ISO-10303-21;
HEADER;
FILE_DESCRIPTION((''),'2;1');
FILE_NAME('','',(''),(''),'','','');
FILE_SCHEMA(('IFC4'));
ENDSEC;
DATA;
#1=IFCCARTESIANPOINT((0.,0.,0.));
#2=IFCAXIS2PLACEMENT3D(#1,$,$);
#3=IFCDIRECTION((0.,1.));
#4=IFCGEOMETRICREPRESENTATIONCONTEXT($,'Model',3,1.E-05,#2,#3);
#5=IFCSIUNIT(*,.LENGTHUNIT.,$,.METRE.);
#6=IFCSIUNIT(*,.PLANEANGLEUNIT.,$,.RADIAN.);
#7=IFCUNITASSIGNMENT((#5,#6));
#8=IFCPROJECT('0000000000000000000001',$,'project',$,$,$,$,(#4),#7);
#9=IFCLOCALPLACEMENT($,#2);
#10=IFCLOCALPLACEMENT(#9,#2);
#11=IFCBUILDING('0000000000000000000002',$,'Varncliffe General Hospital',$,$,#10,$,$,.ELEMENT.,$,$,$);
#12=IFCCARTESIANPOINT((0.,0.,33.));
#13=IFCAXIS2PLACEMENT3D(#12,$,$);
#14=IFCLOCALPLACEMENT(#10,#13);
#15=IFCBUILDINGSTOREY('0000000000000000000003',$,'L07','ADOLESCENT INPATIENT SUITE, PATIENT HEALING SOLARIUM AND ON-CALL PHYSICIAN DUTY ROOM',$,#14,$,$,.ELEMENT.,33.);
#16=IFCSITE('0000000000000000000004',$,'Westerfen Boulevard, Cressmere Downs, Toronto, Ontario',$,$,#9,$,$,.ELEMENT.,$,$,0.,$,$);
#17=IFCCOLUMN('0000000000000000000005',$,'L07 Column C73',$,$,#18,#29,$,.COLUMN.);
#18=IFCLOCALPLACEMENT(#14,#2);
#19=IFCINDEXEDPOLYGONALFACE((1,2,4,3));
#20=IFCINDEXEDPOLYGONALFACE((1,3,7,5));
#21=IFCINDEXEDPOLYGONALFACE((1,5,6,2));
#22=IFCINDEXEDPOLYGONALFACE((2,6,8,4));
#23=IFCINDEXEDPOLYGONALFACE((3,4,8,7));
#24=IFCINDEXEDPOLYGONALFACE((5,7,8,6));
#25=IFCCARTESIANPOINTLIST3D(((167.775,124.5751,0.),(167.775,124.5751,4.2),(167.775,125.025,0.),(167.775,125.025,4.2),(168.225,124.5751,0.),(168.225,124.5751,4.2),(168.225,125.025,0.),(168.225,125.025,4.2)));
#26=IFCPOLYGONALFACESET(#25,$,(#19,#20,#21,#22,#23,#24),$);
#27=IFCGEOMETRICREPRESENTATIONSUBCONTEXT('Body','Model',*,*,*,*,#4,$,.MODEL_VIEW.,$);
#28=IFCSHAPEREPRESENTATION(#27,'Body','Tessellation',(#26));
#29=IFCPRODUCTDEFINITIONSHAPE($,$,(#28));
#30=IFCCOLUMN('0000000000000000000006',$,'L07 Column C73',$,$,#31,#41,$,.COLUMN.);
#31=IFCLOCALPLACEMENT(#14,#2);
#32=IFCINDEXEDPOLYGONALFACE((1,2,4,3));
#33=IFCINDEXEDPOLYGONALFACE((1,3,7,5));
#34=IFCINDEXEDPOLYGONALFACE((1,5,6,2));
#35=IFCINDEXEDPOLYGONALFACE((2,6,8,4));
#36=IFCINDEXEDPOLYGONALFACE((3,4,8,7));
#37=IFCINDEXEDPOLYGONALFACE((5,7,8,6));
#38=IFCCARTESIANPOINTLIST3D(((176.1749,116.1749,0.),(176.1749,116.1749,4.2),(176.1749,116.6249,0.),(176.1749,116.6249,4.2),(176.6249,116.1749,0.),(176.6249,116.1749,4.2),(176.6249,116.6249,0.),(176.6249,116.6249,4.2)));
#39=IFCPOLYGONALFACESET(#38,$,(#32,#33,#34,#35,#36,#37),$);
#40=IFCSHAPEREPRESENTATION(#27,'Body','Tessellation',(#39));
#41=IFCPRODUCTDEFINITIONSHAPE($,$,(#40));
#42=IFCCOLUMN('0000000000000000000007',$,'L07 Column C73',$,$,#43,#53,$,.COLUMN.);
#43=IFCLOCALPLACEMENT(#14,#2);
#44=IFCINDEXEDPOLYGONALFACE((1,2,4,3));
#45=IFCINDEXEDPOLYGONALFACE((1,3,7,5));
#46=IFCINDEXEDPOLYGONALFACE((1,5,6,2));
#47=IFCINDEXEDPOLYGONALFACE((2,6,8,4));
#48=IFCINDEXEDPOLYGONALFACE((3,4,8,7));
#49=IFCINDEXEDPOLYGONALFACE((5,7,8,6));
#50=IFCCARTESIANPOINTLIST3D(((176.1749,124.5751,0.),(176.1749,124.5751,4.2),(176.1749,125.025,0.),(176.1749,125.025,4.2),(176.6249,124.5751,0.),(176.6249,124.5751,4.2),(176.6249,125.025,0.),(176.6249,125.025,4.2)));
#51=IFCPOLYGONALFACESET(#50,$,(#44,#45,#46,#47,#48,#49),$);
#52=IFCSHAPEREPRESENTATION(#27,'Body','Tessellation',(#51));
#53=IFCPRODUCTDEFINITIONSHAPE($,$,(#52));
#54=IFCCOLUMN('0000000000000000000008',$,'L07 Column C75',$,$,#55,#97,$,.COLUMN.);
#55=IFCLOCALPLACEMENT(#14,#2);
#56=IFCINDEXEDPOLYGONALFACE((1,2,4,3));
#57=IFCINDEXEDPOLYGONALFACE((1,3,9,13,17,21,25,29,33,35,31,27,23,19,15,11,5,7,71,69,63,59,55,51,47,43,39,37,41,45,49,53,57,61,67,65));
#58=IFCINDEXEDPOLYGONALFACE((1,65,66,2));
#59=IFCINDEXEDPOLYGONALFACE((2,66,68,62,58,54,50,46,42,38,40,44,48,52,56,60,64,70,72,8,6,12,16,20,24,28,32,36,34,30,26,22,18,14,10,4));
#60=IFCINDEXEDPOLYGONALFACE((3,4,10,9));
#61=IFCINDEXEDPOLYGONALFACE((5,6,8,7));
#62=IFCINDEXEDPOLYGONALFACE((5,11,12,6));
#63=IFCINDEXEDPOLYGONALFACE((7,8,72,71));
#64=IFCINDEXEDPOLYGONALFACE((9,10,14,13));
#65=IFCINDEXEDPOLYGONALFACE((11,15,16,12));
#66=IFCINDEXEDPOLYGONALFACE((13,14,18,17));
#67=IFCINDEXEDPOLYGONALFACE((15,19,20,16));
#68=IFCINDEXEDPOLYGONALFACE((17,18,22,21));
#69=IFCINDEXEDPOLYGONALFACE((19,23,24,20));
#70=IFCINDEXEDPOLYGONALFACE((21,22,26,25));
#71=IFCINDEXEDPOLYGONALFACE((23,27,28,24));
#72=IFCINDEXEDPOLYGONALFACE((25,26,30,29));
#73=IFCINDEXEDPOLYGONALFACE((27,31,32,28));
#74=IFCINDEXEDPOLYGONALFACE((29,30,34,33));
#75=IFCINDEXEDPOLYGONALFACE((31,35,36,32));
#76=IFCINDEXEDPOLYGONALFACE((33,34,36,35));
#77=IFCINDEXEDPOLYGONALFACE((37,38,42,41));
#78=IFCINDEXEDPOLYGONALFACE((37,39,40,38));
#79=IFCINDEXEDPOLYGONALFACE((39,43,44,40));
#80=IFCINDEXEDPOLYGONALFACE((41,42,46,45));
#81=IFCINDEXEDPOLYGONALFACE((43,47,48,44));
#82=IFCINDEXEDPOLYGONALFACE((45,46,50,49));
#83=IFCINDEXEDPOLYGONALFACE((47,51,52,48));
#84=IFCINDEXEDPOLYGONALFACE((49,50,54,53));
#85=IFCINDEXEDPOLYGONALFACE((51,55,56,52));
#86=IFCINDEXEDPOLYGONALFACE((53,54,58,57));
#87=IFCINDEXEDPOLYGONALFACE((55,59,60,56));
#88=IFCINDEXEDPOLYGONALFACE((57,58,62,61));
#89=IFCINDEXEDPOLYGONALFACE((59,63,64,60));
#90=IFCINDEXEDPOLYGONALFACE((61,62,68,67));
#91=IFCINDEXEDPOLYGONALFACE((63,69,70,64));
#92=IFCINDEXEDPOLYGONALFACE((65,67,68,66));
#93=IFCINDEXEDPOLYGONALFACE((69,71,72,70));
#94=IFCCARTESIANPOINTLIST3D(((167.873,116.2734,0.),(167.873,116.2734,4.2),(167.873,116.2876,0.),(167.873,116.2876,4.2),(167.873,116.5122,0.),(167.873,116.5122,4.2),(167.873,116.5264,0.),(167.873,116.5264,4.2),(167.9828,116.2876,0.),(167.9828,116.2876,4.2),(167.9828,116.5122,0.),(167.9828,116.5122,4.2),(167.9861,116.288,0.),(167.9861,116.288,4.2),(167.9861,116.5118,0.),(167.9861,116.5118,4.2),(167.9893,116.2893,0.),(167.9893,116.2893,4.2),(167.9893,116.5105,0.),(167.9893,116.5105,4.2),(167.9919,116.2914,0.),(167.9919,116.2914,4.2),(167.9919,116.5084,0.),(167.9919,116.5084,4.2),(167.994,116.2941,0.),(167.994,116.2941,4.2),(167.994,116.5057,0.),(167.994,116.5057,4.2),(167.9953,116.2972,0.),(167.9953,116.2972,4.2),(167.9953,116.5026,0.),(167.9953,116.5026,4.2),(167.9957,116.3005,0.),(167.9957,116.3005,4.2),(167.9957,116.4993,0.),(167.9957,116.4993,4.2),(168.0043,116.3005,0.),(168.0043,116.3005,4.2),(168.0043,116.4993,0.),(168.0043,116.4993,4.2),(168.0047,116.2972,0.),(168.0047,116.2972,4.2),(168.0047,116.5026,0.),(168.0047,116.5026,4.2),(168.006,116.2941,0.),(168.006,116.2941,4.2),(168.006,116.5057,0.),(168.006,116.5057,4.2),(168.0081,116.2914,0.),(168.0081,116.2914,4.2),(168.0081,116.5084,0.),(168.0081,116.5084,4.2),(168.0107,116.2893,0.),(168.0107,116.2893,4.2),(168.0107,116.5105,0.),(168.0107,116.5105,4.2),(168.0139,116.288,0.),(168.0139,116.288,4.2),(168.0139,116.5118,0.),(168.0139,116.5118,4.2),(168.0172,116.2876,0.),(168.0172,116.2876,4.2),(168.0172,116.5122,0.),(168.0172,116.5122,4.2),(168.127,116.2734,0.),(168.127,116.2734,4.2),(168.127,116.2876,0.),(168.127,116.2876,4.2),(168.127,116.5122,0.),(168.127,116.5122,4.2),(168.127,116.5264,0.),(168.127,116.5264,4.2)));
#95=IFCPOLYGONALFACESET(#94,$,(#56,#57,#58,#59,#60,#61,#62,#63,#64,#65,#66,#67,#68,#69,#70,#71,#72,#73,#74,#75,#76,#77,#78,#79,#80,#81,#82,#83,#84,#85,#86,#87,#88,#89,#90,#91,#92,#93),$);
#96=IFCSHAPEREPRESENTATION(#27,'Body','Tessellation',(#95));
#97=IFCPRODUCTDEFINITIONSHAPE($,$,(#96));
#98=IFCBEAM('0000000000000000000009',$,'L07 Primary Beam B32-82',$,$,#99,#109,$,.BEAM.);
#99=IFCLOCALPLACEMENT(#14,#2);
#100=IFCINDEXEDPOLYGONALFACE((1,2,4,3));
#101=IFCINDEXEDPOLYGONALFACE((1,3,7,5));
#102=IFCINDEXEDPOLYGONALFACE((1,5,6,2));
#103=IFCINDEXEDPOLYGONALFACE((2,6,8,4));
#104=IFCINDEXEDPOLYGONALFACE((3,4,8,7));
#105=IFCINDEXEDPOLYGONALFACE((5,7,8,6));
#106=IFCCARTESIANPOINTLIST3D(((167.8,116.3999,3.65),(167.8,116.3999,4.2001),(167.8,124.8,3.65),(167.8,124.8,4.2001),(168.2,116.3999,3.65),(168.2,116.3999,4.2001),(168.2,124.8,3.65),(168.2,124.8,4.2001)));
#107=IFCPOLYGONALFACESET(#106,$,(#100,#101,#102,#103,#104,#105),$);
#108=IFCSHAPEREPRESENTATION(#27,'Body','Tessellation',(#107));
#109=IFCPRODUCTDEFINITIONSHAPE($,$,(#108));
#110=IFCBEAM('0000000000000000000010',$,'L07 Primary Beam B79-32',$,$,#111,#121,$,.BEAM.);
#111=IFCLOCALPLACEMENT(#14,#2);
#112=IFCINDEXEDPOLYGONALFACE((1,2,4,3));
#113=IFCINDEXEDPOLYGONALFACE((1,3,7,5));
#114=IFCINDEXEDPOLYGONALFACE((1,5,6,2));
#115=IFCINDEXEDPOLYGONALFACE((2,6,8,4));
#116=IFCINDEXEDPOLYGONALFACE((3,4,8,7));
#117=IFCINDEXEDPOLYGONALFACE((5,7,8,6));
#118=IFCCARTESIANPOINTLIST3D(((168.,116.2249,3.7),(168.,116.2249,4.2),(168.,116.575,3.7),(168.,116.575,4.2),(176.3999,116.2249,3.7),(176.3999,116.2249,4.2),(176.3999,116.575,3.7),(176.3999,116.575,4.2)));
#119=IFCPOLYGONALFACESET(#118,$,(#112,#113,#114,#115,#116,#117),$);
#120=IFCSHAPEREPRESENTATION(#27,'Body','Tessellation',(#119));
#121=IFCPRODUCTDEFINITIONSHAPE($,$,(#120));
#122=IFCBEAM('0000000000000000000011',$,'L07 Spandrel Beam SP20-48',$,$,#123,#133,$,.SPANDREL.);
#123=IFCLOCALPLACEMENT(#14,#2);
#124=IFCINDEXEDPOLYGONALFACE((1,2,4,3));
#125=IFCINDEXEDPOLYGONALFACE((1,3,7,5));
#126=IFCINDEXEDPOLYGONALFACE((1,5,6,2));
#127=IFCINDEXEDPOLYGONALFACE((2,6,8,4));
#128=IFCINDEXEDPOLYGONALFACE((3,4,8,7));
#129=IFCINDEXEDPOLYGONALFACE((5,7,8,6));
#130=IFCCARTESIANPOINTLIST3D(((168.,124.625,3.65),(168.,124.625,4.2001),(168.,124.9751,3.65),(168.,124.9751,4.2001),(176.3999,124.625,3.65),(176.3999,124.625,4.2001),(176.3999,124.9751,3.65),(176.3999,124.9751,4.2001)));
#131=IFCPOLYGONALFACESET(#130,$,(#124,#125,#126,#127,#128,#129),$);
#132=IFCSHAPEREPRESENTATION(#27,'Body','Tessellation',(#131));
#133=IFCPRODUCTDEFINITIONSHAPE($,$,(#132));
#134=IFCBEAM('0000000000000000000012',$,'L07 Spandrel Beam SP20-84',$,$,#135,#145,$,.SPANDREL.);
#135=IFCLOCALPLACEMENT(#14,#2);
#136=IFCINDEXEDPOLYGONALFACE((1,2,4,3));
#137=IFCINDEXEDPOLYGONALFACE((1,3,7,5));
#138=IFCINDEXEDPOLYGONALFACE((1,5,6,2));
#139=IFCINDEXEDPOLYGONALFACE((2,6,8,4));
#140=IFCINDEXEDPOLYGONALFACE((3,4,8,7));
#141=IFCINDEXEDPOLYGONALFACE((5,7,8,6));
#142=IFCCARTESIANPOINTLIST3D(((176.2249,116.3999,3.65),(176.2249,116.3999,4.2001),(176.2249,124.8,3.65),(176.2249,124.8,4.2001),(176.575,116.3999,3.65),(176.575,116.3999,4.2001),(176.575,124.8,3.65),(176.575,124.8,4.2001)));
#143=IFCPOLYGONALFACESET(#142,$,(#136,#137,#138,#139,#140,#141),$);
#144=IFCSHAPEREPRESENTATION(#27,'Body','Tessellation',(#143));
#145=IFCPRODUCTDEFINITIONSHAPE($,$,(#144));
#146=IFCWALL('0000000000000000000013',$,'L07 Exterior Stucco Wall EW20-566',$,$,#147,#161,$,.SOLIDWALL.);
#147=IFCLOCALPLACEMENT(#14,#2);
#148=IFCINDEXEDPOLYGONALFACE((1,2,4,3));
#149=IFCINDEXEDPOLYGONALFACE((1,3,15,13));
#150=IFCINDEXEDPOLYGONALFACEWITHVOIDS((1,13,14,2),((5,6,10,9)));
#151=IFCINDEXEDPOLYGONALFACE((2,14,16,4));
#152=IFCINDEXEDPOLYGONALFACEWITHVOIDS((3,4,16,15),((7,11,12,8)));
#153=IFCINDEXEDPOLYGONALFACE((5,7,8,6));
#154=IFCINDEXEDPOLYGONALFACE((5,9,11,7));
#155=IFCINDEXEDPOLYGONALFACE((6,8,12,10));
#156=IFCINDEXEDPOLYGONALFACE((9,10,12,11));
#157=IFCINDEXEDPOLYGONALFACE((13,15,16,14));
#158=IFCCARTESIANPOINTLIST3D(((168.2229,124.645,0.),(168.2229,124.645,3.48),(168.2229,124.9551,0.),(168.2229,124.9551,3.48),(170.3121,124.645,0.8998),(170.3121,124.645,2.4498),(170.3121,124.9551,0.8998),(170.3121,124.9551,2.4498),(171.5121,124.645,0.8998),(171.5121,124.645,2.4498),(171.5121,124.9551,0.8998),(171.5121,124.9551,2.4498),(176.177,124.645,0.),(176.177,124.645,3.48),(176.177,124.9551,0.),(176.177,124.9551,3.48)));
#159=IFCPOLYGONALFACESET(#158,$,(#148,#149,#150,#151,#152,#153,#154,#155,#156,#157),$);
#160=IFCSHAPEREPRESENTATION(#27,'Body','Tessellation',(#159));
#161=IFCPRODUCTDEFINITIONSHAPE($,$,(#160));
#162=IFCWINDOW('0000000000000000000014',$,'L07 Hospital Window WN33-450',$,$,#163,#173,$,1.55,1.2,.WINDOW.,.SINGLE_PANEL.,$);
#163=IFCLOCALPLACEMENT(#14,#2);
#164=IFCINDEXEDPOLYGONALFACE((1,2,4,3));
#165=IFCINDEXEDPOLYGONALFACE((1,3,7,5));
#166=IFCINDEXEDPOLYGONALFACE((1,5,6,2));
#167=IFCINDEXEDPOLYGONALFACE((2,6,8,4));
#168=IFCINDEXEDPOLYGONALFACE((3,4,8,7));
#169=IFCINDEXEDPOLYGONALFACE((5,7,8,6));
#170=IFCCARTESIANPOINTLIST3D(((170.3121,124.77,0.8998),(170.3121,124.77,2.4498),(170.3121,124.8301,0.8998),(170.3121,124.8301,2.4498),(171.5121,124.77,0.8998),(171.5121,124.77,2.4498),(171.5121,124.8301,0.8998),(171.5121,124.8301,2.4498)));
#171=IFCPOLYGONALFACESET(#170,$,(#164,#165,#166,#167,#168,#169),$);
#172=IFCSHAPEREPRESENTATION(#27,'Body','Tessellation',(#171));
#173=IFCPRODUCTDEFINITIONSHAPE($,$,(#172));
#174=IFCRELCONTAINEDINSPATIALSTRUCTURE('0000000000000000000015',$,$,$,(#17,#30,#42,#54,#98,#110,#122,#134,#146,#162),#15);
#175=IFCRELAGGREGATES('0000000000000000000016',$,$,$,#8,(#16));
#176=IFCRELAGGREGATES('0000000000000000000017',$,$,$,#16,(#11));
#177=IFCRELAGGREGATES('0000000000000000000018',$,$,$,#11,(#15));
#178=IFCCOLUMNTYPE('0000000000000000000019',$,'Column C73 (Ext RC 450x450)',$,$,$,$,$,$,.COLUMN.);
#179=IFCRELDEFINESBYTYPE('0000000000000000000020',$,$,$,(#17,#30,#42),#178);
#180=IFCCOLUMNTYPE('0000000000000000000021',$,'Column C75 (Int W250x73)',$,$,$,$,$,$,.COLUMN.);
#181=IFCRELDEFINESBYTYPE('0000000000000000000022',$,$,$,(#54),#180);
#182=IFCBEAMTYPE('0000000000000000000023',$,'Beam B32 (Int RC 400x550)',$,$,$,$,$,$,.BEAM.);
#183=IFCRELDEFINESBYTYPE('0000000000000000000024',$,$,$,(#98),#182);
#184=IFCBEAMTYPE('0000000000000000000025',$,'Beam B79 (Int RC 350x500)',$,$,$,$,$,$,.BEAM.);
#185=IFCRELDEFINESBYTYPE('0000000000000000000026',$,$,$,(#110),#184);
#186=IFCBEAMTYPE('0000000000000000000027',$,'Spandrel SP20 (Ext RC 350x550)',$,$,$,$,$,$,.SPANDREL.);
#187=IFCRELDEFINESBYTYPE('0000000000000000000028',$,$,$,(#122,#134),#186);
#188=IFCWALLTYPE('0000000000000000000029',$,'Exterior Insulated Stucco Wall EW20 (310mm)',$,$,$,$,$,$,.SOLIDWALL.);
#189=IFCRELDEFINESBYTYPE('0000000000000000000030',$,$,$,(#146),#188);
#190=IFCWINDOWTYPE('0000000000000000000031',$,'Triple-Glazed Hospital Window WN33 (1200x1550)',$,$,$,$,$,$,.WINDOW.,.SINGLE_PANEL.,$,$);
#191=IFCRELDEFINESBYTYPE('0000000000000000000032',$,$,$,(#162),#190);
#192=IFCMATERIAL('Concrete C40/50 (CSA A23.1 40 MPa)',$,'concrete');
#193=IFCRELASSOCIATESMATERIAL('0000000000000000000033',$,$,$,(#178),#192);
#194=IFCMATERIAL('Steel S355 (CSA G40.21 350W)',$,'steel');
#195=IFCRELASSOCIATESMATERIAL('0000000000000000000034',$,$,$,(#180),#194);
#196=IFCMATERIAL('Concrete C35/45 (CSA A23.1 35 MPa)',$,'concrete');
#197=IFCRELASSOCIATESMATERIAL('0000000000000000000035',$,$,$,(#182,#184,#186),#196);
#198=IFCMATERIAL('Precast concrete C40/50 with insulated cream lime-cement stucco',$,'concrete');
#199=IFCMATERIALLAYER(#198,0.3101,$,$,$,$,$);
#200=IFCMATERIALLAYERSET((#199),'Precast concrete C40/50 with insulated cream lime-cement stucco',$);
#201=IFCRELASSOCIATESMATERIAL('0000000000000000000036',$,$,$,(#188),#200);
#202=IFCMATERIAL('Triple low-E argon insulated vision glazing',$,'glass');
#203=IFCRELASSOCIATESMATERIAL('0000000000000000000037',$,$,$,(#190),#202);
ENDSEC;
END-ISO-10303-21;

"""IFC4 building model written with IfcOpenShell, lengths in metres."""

from ifc_helpers import new_model, si_unit, direction, frame, frame_2d, origin, origin_2d, place, context, subcontext, project, spatial, rectangle, i_section, extrude, material, layer, layer_set, material_profile, profile_set, type_object, element, fill, save


model = new_model("IFC4")

# Units and contexts
model_context = context("Model", 3, precision=1e-05, world=origin(), true_north=direction((0.0, 1.0)))
body_context = subcontext(model_context, "Body", "Model", "MODEL_VIEW")
ifc_project = project(units=[si_unit("LENGTHUNIT", "METRE"), si_unit("PLANEANGLEUNIT", "RADIAN")], contexts=[model_context])

# Site, building, storey
site_placement = place(None, origin())
site = spatial("IfcSite", under=ifc_project, at=site_placement, Name="Westerfen Boulevard, Cressmere Downs, Toronto, Ontario", CompositionType="ELEMENT", RefElevation=0.0)
building_placement = place(site_placement, origin())
building = spatial("IfcBuilding", under=site, at=building_placement, Name="Varncliffe General Hospital", CompositionType="ELEMENT")
storey_placement = place(building_placement, frame((0.0, 0.0, 33.0)))
storey = spatial("IfcBuildingStorey", under=building, at=storey_placement, Name="L07", Description="ADOLESCENT INPATIENT SUITE, PATIENT HEALING SOLARIUM AND ON-CALL PHYSICIAN DUTY ROOM", CompositionType="ELEMENT", Elevation=33.0)

# Columns
ifc_material_1 = material(Name="Concrete C40/50 (CSA A23.1 40 MPa)", Category="concrete")
ifc_material_profile_1 = material_profile(ifc_material_1, rectangle(XDim=0.45, YDim=0.45, at=origin_2d()), Name="RC 450x450")
ifc_profile_set_1 = profile_set([ifc_material_profile_1], Name="Concrete C40/50 (CSA A23.1 40 MPa)")
column_type_1 = type_object("IfcColumnType", Name="Column C73 (Ext RC 450x450)", PredefinedType="COLUMN", material=ifc_profile_set_1)
for number, where, z_axis, x_axis, name in (
    (1, (168.0, 124.8, 0.0), (0.0, 0.0, 1.0), (1.0, 0.0, 0.0), "L07 Column C73"),
    (2, (176.3999, 116.3999, 0.0), (0.0, 0.0, 1.0), (1.0, 0.0, 0.0), "L07 Column C73"),
    (3, (176.3999, 124.8, 0.0), (0.0, 0.0, 1.0), (1.0, 0.0, 0.0), "L07 Column C73"),
):
    element("IfcColumn", number, at=place(storey_placement, frame(where, z_axis=z_axis, x_axis=x_axis)), inside=storey, type_object=column_type_1, Name=name, PredefinedType="COLUMN", context=body_context, shape_type="SweptSolid", body=[
        extrude(rectangle(XDim=0.45, YDim=0.45, at=origin_2d()), origin(), (0.0, 0.0, 1.0), 4.2),
    ])
ifc_material_2 = material(Name="Steel S355 (CSA G40.21 350W)", Category="steel")
ifc_material_profile_2 = material_profile(ifc_material_2, i_section(OverallWidth=0.2539, OverallDepth=0.2529, WebThickness=0.0085, FlangeThickness=0.0142, FilletRadius=0.0129, at=origin_2d()), Name="W250x73")
ifc_profile_set_2 = profile_set([ifc_material_profile_2], Name="Steel S355 (CSA G40.21 350W)")
column_type_2 = type_object("IfcColumnType", Name="Column C75 (Int W250x73)", PredefinedType="COLUMN", material=ifc_profile_set_2)
column_placement = place(storey_placement, frame((168.0, 116.3999, 0.0), z_axis=(0.0, 0.0, 1.0), x_axis=(1.0, 0.0, 0.0)))
element("IfcColumn", 4, at=column_placement, inside=storey, type_object=column_type_2, Name="L07 Column C75", PredefinedType="COLUMN", context=body_context, shape_type="SweptSolid", body=[
    extrude(i_section(OverallWidth=0.2539, OverallDepth=0.2529, WebThickness=0.0085, FlangeThickness=0.0142, FilletRadius=0.0129, at=origin_2d()), origin(), (0.0, 0.0, 1.0), 4.2),
])

# Beams
ifc_material_3 = material(Name="Concrete C35/45 (CSA A23.1 35 MPa)", Category="concrete")
ifc_material_profile_3 = material_profile(ifc_material_3, rectangle(XDim=0.3999, YDim=0.55, at=origin_2d()), Name="RC 400x550")
ifc_profile_set_3 = profile_set([ifc_material_profile_3], Name="Concrete C35/45 (CSA A23.1 35 MPa)")
beam_type_1 = type_object("IfcBeamType", Name="Beam B32 (Int RC 400x550)", PredefinedType="BEAM", material=ifc_profile_set_3)
beam_1_placement = place(storey_placement, frame((168.0, 116.3999, 3.925), z_axis=(0.0, 1.0, 0.0), x_axis=(-1.0, 0.0, 0.0)))
element("IfcBeam", 5, at=beam_1_placement, inside=storey, type_object=beam_type_1, Name="L07 Primary Beam B32-82", PredefinedType="BEAM", context=body_context, shape_type="SweptSolid", body=[
    extrude(rectangle(XDim=0.3999, YDim=0.55, at=origin_2d()), origin(), (0.0, 0.0, 1.0), 8.4001),
])
ifc_material_profile_4 = material_profile(ifc_material_3, rectangle(XDim=0.3501, YDim=0.5, at=origin_2d()), Name="RC 350x500")
ifc_profile_set_4 = profile_set([ifc_material_profile_4], Name="Concrete C35/45 (CSA A23.1 35 MPa)")
beam_type_2 = type_object("IfcBeamType", Name="Beam B79 (Int RC 350x500)", PredefinedType="BEAM", material=ifc_profile_set_4)
beam_2_placement = place(storey_placement, frame((168.0, 116.3999, 3.95), z_axis=(1.0, 0.0, 0.0), x_axis=(0.0, 1.0, 0.0)))
element("IfcBeam", 6, at=beam_2_placement, inside=storey, type_object=beam_type_2, Name="L07 Primary Beam B79-32", PredefinedType="BEAM", context=body_context, shape_type="SweptSolid", body=[
    extrude(rectangle(XDim=0.3501, YDim=0.5, at=origin_2d()), origin(), (0.0, 0.0, 1.0), 8.3999),
])
ifc_material_profile_5 = material_profile(ifc_material_3, rectangle(XDim=0.3501, YDim=0.55, at=origin_2d()), Name="RC 350x550")
ifc_profile_set_5 = profile_set([ifc_material_profile_5], Name="Concrete C35/45 (CSA A23.1 35 MPa)")
beam_type_3 = type_object("IfcBeamType", Name="Spandrel SP20 (Ext RC 350x550)", PredefinedType="SPANDREL", material=ifc_profile_set_5)
beam_3_placement = place(storey_placement, frame((168.0, 124.8, 3.925), z_axis=(1.0, 0.0, 0.0), x_axis=(0.0, 1.0, 0.0)))
element("IfcBeam", 7, at=beam_3_placement, inside=storey, type_object=beam_type_3, Name="L07 Spandrel Beam SP20-48", PredefinedType="SPANDREL", context=body_context, shape_type="SweptSolid", body=[
    extrude(rectangle(XDim=0.3501, YDim=0.55, at=origin_2d()), origin(), (0.0, 0.0, 1.0), 8.3999),
])
beam_4_placement = place(storey_placement, frame((176.3999, 116.3999, 3.925), z_axis=(0.0, 1.0, 0.0), x_axis=(-1.0, 0.0, 0.0)))
element("IfcBeam", 8, at=beam_4_placement, inside=storey, type_object=beam_type_3, Name="L07 Spandrel Beam SP20-84", PredefinedType="SPANDREL", context=body_context, shape_type="SweptSolid", body=[
    extrude(rectangle(XDim=0.3501, YDim=0.55, at=origin_2d()), origin(), (0.0, 0.0, 1.0), 8.4001),
])

# Wall, opening, window
ifc_material_4 = material(Name="Precast concrete C40/50 with insulated cream lime-cement stucco", Category="concrete")
ifc_layer_1 = layer(ifc_material_4, 0.3101)
ifc_layer_set_1 = layer_set([ifc_layer_1], Name="Precast concrete C40/50 with insulated cream lime-cement stucco")
wall_type_1 = type_object("IfcWallType", Name="Exterior Insulated Stucco Wall EW20 (310mm)", PredefinedType="SOLIDWALL", material=ifc_layer_set_1)
wall_1_placement = place(storey_placement, frame((168.2229, 124.8, 0.0), z_axis=(0.0, 0.0, 1.0), x_axis=(1.0, 0.0, 0.0)))
wall_1 = element("IfcWall", 9, at=wall_1_placement, inside=storey, type_object=wall_type_1, Name="L07 Exterior Stucco Wall EW20-566", PredefinedType="SOLIDWALL", context=body_context, shape_type="SweptSolid", body=[
    extrude(rectangle(XDim=7.9541, YDim=0.3101, at=frame_2d((3.9771, 0.0))), origin(), (0.0, 0.0, 1.0), 3.48),
])
opening_1_placement = place(wall_1_placement, frame((2.0891, 0.0, 0.8999)))
opening_1 = element("IfcOpeningElement", 10, at=opening_1_placement, cuts=wall_1, PredefinedType="OPENING", context=body_context, shape_type="SweptSolid", body=[
    extrude(rectangle(XDim=1.2, YDim=1.55, at=frame_2d((0.6001, 0.7749))), frame((0.0, 0.165, 0.0), z_axis=(0.0, -1.0, 0.0), x_axis=(1.0, 0.0, 0.0)), (0.0, 0.0, 1.0), 0.3301),
])
ifc_material_5 = material(Name="Triple low-E argon insulated vision glazing", Category="glass")
window_type_1 = type_object("IfcWindowType", Name="Triple-Glazed Hospital Window WN33 (1200x1550)", PartitioningType="SINGLE_PANEL", PredefinedType="WINDOW", material=ifc_material_5)
window_1_placement = place(opening_1_placement, origin())
window_1 = element("IfcWindow", 11, at=window_1_placement, inside=storey, type_object=window_type_1, Name="L07 Hospital Window WN33-450", OverallHeight=1.55, OverallWidth=1.2, PartitioningType="SINGLE_PANEL", PredefinedType="WINDOW", context=body_context, shape_type="SweptSolid", body=[
    extrude(rectangle(XDim=1.2, YDim=1.55, at=frame_2d((0.6001, 0.7749))), frame((0.0, 0.03, 0.0), z_axis=(0.0, -1.0, 0.0), x_axis=(1.0, 0.0, 0.0)), (0.0, 0.0, 1.0), 0.0601),
])
fill(opening_1, window_1)

save(model, "model.ifc")
